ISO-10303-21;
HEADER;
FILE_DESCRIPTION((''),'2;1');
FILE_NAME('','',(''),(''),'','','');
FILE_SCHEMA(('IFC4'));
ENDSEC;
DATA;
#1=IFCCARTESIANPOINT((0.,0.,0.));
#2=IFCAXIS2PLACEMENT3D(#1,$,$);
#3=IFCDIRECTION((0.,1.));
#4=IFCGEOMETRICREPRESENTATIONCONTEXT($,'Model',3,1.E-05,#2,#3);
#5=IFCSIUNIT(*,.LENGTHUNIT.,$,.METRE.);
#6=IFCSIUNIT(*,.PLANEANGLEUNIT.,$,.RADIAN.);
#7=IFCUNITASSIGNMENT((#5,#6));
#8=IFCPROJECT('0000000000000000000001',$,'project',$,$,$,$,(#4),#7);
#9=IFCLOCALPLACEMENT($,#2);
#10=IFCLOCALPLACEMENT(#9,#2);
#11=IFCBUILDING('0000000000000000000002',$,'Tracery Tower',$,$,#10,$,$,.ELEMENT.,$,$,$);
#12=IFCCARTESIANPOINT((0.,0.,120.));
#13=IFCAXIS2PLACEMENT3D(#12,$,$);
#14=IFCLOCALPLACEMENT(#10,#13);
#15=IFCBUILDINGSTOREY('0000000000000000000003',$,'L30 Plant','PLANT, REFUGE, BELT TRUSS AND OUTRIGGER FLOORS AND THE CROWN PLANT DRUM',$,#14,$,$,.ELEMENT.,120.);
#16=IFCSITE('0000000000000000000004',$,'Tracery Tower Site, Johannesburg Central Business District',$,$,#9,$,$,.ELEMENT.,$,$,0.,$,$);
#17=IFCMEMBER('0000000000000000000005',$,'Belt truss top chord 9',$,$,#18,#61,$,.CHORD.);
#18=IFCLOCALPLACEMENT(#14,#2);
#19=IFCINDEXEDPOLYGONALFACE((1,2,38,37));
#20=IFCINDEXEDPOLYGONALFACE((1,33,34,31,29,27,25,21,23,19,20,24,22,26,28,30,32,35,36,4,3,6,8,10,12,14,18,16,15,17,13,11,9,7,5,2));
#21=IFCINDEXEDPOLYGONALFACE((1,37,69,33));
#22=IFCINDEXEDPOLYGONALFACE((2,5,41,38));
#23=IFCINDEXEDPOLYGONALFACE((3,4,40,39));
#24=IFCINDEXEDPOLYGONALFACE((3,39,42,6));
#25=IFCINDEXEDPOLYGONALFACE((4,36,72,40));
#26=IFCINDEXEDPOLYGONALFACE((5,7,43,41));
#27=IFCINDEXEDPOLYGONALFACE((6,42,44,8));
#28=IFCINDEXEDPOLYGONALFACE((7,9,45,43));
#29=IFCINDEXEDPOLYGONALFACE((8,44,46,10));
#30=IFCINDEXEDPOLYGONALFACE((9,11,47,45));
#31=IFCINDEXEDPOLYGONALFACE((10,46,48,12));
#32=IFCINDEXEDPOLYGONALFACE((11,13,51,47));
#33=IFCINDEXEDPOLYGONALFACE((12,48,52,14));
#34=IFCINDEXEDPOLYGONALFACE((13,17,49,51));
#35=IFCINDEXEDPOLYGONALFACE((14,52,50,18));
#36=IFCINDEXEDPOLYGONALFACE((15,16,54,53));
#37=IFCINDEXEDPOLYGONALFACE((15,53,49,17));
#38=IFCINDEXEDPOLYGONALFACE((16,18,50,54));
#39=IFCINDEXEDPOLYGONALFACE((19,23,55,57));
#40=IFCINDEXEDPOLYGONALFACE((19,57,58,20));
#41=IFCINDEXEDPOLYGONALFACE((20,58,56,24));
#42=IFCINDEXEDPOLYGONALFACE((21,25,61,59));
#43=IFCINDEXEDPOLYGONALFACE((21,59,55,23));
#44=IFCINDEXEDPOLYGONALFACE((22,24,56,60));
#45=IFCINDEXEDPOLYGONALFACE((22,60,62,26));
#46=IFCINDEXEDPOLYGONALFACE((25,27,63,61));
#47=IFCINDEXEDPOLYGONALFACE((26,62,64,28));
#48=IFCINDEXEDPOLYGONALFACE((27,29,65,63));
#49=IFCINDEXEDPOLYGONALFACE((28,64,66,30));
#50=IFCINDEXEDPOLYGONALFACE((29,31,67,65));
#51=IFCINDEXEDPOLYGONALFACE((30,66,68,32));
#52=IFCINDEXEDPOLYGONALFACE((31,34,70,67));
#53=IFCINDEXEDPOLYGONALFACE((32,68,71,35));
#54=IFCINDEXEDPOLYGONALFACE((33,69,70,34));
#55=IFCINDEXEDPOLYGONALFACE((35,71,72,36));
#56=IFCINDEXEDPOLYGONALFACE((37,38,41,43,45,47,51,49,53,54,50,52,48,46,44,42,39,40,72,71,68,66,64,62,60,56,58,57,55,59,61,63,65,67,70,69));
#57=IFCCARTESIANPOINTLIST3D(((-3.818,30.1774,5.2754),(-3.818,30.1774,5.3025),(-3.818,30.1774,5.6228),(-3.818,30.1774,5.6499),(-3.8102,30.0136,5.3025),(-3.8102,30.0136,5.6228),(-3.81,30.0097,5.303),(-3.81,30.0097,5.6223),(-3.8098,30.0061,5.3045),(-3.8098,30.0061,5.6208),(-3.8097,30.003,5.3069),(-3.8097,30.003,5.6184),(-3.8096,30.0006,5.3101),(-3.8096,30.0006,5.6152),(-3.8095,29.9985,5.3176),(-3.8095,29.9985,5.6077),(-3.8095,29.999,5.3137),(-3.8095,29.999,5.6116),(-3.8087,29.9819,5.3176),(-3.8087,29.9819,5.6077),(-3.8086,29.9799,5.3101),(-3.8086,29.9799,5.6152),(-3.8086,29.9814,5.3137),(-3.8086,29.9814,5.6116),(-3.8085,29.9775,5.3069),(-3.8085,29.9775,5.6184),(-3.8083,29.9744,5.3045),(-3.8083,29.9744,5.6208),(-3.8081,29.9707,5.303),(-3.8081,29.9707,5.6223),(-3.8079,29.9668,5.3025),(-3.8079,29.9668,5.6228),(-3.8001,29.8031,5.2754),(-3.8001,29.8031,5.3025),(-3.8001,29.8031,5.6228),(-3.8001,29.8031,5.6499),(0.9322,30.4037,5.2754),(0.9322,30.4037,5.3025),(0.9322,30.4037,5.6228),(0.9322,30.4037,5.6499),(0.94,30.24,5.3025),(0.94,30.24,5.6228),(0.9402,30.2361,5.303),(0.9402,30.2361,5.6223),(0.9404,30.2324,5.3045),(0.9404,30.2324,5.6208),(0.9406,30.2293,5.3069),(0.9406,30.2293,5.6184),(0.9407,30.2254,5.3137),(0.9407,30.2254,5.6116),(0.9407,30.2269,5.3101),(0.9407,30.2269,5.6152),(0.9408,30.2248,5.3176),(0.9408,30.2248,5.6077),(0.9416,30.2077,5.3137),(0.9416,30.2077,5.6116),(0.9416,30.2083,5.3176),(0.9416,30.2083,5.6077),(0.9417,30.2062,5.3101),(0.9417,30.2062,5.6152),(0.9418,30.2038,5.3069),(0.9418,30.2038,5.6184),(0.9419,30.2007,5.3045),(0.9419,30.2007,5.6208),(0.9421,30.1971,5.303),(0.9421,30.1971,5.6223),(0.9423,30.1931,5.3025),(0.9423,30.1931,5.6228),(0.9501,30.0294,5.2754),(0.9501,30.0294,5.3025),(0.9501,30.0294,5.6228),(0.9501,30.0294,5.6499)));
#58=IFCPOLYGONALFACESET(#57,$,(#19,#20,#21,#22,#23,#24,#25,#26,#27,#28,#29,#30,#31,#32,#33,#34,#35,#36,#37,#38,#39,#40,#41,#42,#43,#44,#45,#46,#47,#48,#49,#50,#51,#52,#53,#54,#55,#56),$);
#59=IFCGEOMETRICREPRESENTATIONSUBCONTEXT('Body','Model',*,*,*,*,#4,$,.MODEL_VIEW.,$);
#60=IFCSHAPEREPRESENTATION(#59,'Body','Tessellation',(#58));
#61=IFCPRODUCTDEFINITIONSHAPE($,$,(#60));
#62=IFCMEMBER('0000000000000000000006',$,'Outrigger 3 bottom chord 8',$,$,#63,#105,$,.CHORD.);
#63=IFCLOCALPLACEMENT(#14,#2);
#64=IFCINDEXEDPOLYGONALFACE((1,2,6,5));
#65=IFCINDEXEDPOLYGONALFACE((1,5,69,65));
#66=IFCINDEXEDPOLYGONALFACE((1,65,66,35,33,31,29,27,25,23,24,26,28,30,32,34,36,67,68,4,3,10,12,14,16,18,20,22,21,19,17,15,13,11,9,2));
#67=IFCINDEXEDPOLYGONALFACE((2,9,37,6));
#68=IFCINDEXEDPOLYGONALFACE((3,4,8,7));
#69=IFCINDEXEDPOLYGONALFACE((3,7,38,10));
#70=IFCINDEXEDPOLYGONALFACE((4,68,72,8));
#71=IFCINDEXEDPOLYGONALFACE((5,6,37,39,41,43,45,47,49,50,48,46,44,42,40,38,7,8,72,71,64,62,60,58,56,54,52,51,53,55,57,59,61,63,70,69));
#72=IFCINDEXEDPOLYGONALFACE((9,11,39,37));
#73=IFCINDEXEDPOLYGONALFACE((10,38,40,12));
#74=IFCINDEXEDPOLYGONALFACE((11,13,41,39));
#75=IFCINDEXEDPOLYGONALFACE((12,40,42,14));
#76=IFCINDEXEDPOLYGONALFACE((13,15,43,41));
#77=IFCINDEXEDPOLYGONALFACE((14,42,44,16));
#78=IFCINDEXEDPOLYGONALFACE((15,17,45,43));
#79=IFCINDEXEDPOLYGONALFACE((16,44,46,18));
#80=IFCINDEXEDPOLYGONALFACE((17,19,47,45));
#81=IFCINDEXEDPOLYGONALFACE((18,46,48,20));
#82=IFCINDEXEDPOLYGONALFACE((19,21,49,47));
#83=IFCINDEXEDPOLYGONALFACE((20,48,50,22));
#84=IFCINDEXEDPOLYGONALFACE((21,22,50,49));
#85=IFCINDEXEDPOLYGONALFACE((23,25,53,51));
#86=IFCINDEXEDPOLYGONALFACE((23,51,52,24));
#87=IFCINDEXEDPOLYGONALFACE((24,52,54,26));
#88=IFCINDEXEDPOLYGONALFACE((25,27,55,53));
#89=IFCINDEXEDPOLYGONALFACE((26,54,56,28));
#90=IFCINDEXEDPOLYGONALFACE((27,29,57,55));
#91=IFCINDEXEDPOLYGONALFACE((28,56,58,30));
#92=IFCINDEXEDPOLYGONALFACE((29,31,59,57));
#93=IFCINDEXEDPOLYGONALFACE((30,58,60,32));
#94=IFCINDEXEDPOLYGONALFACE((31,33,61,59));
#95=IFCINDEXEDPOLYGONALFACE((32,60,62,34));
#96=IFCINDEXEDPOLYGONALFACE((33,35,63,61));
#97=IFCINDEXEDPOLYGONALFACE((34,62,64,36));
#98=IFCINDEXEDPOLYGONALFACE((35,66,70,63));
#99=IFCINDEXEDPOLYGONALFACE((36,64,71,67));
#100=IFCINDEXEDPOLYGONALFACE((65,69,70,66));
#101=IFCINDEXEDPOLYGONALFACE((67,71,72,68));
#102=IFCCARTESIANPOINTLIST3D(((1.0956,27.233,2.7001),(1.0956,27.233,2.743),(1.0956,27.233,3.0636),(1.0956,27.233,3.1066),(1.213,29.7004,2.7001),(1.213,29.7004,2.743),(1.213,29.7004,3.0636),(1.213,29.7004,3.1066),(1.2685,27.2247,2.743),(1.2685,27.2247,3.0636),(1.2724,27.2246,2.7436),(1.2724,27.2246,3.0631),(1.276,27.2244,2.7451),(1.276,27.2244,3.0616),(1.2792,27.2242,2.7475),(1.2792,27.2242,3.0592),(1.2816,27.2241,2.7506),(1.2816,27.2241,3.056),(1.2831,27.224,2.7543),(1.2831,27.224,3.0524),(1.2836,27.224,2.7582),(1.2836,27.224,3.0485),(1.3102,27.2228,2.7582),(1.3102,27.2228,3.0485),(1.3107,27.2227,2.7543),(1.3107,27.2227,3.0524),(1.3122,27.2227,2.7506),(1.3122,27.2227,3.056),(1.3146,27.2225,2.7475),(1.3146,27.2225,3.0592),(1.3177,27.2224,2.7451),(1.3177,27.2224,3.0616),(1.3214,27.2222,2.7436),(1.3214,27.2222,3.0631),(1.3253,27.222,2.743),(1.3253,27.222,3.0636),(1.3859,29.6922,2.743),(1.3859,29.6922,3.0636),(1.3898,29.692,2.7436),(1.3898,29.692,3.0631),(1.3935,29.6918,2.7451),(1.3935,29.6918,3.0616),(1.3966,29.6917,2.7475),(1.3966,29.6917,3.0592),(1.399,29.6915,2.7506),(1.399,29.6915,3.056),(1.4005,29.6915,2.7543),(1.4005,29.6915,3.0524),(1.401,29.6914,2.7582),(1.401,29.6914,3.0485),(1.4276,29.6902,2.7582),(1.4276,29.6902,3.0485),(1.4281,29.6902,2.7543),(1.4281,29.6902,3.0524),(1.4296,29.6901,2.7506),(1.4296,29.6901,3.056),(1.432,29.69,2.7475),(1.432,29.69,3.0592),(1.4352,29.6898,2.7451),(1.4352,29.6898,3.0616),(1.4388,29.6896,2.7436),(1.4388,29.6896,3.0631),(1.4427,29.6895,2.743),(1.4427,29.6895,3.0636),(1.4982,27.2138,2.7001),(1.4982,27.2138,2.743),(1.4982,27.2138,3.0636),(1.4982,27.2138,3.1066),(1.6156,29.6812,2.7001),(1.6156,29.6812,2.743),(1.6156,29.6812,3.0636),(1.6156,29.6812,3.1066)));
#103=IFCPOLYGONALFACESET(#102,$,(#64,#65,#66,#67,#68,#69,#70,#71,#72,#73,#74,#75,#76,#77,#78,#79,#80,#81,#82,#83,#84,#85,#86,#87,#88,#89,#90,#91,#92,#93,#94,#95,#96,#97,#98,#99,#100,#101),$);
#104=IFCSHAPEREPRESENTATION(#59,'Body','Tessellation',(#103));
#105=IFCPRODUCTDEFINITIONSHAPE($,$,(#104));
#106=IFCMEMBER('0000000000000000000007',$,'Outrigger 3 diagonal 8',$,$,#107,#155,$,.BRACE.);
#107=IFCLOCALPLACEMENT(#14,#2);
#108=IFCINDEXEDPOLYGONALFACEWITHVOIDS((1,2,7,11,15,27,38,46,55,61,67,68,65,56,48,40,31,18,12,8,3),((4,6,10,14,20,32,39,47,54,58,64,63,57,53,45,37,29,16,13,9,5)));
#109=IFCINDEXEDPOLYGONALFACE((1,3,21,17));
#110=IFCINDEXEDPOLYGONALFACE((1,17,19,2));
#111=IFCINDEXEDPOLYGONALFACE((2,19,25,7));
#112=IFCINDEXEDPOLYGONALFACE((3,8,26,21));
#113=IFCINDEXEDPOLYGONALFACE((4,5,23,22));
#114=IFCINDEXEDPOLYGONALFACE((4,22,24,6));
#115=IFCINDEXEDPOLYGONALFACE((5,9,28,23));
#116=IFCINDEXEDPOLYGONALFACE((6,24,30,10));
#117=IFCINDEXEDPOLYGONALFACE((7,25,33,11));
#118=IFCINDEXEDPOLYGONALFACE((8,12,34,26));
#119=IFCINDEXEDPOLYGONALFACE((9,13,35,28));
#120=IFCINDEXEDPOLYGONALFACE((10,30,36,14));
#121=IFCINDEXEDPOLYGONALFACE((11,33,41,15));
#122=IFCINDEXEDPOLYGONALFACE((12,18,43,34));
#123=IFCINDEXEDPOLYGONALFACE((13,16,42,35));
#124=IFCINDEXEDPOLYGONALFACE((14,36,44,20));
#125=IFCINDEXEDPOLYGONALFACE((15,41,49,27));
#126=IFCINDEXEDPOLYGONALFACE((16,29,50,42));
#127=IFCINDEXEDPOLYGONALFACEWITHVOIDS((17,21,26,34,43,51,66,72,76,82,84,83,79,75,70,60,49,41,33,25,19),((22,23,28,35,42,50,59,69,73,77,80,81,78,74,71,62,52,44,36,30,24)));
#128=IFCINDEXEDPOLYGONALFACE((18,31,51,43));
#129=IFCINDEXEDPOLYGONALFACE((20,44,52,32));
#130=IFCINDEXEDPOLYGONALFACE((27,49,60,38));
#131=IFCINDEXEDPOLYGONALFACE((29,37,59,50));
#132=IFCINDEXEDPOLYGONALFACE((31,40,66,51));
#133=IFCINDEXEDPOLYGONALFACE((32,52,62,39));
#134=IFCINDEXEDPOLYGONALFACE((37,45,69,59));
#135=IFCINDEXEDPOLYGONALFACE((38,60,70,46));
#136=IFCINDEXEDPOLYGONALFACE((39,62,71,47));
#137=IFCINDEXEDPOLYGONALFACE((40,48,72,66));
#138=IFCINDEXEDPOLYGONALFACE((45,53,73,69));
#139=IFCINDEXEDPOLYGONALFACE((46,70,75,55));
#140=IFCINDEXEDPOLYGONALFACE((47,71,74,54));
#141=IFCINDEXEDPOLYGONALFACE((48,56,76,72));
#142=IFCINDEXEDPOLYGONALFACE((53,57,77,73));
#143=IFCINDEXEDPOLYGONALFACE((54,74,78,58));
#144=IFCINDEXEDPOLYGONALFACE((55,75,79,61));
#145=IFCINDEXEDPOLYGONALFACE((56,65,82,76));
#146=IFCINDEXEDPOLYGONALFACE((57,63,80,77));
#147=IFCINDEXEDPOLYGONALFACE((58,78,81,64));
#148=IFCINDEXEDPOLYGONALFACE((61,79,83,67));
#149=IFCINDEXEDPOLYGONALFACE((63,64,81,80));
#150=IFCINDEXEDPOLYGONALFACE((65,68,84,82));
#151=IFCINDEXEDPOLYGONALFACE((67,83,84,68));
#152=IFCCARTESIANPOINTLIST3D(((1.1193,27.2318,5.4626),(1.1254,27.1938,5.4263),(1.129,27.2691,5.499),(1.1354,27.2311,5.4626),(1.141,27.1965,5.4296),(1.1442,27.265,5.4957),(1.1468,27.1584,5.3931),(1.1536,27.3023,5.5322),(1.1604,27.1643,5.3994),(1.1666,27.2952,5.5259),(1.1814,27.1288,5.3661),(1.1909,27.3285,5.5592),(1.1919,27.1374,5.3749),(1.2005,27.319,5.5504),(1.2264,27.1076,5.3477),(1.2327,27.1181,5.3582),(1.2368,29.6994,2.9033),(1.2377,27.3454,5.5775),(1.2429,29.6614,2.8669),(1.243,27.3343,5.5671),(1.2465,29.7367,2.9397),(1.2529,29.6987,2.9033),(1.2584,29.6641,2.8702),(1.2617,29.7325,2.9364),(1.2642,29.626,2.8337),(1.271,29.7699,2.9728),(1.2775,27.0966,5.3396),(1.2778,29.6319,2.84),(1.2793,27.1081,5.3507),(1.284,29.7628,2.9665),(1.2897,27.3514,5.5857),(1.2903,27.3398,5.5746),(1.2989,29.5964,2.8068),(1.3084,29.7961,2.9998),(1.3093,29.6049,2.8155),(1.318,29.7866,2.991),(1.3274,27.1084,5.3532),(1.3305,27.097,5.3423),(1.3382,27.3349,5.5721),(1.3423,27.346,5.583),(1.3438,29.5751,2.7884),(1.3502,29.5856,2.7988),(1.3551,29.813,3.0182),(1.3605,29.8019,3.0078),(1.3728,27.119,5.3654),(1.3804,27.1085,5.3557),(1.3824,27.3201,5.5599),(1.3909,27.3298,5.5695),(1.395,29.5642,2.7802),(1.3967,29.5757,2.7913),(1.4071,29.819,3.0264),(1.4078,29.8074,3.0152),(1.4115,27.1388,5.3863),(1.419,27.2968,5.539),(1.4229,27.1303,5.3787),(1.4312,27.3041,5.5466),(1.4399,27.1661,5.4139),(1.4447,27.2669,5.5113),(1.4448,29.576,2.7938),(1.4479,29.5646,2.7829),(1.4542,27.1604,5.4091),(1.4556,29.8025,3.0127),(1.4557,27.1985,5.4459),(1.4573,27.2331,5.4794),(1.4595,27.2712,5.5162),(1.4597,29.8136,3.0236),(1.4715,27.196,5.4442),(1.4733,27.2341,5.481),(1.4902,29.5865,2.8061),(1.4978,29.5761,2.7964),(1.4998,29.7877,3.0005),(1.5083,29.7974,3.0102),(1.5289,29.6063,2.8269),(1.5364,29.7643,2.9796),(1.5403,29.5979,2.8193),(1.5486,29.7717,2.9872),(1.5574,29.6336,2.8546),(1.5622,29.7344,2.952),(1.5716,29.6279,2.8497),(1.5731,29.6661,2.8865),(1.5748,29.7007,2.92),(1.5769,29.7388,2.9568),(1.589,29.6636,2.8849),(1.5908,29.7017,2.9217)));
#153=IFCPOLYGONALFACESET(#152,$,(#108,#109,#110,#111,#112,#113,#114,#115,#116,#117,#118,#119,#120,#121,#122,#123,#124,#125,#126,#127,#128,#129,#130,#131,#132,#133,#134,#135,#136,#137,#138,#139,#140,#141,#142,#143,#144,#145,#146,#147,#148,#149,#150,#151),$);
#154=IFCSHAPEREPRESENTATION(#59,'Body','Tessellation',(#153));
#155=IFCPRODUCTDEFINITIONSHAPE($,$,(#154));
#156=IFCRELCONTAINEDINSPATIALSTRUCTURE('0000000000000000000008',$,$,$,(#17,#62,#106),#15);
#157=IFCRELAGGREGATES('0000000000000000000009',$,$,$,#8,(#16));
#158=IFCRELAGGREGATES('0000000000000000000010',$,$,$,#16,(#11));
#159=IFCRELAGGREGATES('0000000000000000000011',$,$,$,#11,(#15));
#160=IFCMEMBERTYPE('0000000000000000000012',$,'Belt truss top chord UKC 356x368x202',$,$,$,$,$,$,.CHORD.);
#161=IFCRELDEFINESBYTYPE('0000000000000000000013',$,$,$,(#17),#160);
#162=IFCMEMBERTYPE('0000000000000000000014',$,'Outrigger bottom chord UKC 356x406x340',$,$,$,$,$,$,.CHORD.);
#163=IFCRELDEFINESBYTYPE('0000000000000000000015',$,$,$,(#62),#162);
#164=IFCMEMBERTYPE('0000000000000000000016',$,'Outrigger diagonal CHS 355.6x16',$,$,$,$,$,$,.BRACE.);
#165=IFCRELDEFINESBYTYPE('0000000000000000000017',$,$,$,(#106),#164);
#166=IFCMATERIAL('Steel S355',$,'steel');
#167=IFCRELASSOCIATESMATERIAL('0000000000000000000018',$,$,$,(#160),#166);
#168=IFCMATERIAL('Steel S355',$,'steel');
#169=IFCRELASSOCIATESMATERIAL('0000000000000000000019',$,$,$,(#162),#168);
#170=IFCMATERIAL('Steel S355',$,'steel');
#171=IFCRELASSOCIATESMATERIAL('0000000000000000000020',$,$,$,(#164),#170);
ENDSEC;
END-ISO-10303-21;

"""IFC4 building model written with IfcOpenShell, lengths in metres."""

from ifc_helpers import new_model, si_unit, direction, frame, origin, origin_2d, place, context, subcontext, project, spatial, hollow_circle, i_section, extrude, material, material_profile, profile_set, type_object, element, save


model = new_model("IFC4")

# Units and contexts
model_context = context("Model", 3, precision=1e-05, world=origin(), true_north=direction((0.0, 1.0)))
body_context = subcontext(model_context, "Body", "Model", "MODEL_VIEW")
ifc_project = project(units=[si_unit("LENGTHUNIT", "METRE"), si_unit("PLANEANGLEUNIT", "RADIAN")], contexts=[model_context])

# Site, building, storey
site_placement = place(None, origin())
site = spatial("IfcSite", under=ifc_project, at=site_placement, Name="Tracery Tower Site, Johannesburg Central Business District", CompositionType="ELEMENT", RefElevation=0.0)
building_placement = place(site_placement, origin())
building = spatial("IfcBuilding", under=site, at=building_placement, Name="Tracery Tower", CompositionType="ELEMENT")
storey_placement = place(building_placement, frame((0.0, 0.0, 120.0)))
storey = spatial("IfcBuildingStorey", under=building, at=storey_placement, Name="L30 Plant", Description="PLANT, REFUGE, BELT TRUSS AND OUTRIGGER FLOORS AND THE CROWN PLANT DRUM", CompositionType="ELEMENT", Elevation=120.0)

# Members
ifc_material_1 = material(Name="Steel S355", Category="steel")
ifc_material_profile_1 = material_profile(ifc_material_1, i_section(OverallWidth=0.3748, OverallDepth=0.3745, WebThickness=0.0166, FlangeThickness=0.0271, FilletRadius=0.0151, at=origin_2d()), Name="UKC 356x368x202")
ifc_profile_set_1 = profile_set([ifc_material_profile_1], Name="Steel S355")
member_type_1 = type_object("IfcMemberType", Name="Belt truss top chord UKC 356x368x202", PredefinedType="CHORD", material=ifc_profile_set_1)
for number, where, z_axis, x_axis, name in (
    (1, (0.9412, 30.2166, 5.4626), (-0.998867, -0.04759, 0.0), (0.04759, -0.998867, 0.0), "Belt truss top chord 9"),
):
    element("IfcMember", number, at=place(storey_placement, frame(where, z_axis=z_axis, x_axis=x_axis)), inside=storey, type_object=member_type_1, Name=name, PredefinedType="CHORD", context=body_context, shape_type="SweptSolid", body=[
        extrude(i_section(OverallWidth=0.3748, OverallDepth=0.3745, WebThickness=0.0166, FlangeThickness=0.0271, FilletRadius=0.0151, at=origin_2d()), origin(), (0.0, 0.0, 1.0), 4.7556),
    ])
ifc_material_2 = material(Name="Steel S355", Category="steel")
ifc_material_profile_2 = material_profile(ifc_material_2, i_section(OverallWidth=0.4031, OverallDepth=0.4065, WebThickness=0.0266, FlangeThickness=0.043, FilletRadius=0.0151, at=origin_2d()), Name="UKC 356x406x340")
ifc_profile_set_2 = profile_set([ifc_material_profile_2], Name="Steel S355")
member_type_2 = type_object("IfcMemberType", Name="Outrigger bottom chord UKC 356x406x340", PredefinedType="CHORD", material=ifc_profile_set_2)
member_1_placement = place(storey_placement, frame((1.2969, 27.2234, 2.9033), z_axis=(0.047537, 0.998869, 0.0), x_axis=(-0.998869, 0.047537, 0.0)))
element("IfcMember", 2, at=member_1_placement, inside=storey, type_object=member_type_2, Name="Outrigger 3 bottom chord 8", PredefinedType="CHORD", context=body_context, shape_type="SweptSolid", body=[
    extrude(i_section(OverallWidth=0.4031, OverallDepth=0.4065, WebThickness=0.0266, FlangeThickness=0.043, FilletRadius=0.0151, at=origin_2d()), origin(), (0.0, 0.0, 1.0), 2.4702),
])
ifc_material_3 = material(Name="Steel S355", Category="steel")
ifc_material_profile_3 = material_profile(ifc_material_3, hollow_circle(Radius=0.1777, WallThickness=0.0161, at=origin_2d()), Name="CHS 355.6x16")
ifc_profile_set_3 = profile_set([ifc_material_profile_3], Name="Steel S355")
member_type_3 = type_object("IfcMemberType", Name="Outrigger diagonal CHS 355.6x16", PredefinedType="BRACE", material=ifc_profile_set_3)
member_2_placement = place(storey_placement, frame((1.2969, 27.2234, 5.4626), z_axis=(0.033014, 0.6937, -0.719507), x_axis=(-0.998869, 0.047537, 0.0)))
element("IfcMember", 3, at=member_2_placement, inside=storey, type_object=member_type_3, Name="Outrigger 3 diagonal 8", PredefinedType="BRACE", context=body_context, shape_type="SweptSolid", body=[
    extrude(hollow_circle(Radius=0.1777, WallThickness=0.0161, at=origin_2d()), origin(), (0.0, 0.0, 1.0), 3.5571),
])

save(model, "model.ifc")
